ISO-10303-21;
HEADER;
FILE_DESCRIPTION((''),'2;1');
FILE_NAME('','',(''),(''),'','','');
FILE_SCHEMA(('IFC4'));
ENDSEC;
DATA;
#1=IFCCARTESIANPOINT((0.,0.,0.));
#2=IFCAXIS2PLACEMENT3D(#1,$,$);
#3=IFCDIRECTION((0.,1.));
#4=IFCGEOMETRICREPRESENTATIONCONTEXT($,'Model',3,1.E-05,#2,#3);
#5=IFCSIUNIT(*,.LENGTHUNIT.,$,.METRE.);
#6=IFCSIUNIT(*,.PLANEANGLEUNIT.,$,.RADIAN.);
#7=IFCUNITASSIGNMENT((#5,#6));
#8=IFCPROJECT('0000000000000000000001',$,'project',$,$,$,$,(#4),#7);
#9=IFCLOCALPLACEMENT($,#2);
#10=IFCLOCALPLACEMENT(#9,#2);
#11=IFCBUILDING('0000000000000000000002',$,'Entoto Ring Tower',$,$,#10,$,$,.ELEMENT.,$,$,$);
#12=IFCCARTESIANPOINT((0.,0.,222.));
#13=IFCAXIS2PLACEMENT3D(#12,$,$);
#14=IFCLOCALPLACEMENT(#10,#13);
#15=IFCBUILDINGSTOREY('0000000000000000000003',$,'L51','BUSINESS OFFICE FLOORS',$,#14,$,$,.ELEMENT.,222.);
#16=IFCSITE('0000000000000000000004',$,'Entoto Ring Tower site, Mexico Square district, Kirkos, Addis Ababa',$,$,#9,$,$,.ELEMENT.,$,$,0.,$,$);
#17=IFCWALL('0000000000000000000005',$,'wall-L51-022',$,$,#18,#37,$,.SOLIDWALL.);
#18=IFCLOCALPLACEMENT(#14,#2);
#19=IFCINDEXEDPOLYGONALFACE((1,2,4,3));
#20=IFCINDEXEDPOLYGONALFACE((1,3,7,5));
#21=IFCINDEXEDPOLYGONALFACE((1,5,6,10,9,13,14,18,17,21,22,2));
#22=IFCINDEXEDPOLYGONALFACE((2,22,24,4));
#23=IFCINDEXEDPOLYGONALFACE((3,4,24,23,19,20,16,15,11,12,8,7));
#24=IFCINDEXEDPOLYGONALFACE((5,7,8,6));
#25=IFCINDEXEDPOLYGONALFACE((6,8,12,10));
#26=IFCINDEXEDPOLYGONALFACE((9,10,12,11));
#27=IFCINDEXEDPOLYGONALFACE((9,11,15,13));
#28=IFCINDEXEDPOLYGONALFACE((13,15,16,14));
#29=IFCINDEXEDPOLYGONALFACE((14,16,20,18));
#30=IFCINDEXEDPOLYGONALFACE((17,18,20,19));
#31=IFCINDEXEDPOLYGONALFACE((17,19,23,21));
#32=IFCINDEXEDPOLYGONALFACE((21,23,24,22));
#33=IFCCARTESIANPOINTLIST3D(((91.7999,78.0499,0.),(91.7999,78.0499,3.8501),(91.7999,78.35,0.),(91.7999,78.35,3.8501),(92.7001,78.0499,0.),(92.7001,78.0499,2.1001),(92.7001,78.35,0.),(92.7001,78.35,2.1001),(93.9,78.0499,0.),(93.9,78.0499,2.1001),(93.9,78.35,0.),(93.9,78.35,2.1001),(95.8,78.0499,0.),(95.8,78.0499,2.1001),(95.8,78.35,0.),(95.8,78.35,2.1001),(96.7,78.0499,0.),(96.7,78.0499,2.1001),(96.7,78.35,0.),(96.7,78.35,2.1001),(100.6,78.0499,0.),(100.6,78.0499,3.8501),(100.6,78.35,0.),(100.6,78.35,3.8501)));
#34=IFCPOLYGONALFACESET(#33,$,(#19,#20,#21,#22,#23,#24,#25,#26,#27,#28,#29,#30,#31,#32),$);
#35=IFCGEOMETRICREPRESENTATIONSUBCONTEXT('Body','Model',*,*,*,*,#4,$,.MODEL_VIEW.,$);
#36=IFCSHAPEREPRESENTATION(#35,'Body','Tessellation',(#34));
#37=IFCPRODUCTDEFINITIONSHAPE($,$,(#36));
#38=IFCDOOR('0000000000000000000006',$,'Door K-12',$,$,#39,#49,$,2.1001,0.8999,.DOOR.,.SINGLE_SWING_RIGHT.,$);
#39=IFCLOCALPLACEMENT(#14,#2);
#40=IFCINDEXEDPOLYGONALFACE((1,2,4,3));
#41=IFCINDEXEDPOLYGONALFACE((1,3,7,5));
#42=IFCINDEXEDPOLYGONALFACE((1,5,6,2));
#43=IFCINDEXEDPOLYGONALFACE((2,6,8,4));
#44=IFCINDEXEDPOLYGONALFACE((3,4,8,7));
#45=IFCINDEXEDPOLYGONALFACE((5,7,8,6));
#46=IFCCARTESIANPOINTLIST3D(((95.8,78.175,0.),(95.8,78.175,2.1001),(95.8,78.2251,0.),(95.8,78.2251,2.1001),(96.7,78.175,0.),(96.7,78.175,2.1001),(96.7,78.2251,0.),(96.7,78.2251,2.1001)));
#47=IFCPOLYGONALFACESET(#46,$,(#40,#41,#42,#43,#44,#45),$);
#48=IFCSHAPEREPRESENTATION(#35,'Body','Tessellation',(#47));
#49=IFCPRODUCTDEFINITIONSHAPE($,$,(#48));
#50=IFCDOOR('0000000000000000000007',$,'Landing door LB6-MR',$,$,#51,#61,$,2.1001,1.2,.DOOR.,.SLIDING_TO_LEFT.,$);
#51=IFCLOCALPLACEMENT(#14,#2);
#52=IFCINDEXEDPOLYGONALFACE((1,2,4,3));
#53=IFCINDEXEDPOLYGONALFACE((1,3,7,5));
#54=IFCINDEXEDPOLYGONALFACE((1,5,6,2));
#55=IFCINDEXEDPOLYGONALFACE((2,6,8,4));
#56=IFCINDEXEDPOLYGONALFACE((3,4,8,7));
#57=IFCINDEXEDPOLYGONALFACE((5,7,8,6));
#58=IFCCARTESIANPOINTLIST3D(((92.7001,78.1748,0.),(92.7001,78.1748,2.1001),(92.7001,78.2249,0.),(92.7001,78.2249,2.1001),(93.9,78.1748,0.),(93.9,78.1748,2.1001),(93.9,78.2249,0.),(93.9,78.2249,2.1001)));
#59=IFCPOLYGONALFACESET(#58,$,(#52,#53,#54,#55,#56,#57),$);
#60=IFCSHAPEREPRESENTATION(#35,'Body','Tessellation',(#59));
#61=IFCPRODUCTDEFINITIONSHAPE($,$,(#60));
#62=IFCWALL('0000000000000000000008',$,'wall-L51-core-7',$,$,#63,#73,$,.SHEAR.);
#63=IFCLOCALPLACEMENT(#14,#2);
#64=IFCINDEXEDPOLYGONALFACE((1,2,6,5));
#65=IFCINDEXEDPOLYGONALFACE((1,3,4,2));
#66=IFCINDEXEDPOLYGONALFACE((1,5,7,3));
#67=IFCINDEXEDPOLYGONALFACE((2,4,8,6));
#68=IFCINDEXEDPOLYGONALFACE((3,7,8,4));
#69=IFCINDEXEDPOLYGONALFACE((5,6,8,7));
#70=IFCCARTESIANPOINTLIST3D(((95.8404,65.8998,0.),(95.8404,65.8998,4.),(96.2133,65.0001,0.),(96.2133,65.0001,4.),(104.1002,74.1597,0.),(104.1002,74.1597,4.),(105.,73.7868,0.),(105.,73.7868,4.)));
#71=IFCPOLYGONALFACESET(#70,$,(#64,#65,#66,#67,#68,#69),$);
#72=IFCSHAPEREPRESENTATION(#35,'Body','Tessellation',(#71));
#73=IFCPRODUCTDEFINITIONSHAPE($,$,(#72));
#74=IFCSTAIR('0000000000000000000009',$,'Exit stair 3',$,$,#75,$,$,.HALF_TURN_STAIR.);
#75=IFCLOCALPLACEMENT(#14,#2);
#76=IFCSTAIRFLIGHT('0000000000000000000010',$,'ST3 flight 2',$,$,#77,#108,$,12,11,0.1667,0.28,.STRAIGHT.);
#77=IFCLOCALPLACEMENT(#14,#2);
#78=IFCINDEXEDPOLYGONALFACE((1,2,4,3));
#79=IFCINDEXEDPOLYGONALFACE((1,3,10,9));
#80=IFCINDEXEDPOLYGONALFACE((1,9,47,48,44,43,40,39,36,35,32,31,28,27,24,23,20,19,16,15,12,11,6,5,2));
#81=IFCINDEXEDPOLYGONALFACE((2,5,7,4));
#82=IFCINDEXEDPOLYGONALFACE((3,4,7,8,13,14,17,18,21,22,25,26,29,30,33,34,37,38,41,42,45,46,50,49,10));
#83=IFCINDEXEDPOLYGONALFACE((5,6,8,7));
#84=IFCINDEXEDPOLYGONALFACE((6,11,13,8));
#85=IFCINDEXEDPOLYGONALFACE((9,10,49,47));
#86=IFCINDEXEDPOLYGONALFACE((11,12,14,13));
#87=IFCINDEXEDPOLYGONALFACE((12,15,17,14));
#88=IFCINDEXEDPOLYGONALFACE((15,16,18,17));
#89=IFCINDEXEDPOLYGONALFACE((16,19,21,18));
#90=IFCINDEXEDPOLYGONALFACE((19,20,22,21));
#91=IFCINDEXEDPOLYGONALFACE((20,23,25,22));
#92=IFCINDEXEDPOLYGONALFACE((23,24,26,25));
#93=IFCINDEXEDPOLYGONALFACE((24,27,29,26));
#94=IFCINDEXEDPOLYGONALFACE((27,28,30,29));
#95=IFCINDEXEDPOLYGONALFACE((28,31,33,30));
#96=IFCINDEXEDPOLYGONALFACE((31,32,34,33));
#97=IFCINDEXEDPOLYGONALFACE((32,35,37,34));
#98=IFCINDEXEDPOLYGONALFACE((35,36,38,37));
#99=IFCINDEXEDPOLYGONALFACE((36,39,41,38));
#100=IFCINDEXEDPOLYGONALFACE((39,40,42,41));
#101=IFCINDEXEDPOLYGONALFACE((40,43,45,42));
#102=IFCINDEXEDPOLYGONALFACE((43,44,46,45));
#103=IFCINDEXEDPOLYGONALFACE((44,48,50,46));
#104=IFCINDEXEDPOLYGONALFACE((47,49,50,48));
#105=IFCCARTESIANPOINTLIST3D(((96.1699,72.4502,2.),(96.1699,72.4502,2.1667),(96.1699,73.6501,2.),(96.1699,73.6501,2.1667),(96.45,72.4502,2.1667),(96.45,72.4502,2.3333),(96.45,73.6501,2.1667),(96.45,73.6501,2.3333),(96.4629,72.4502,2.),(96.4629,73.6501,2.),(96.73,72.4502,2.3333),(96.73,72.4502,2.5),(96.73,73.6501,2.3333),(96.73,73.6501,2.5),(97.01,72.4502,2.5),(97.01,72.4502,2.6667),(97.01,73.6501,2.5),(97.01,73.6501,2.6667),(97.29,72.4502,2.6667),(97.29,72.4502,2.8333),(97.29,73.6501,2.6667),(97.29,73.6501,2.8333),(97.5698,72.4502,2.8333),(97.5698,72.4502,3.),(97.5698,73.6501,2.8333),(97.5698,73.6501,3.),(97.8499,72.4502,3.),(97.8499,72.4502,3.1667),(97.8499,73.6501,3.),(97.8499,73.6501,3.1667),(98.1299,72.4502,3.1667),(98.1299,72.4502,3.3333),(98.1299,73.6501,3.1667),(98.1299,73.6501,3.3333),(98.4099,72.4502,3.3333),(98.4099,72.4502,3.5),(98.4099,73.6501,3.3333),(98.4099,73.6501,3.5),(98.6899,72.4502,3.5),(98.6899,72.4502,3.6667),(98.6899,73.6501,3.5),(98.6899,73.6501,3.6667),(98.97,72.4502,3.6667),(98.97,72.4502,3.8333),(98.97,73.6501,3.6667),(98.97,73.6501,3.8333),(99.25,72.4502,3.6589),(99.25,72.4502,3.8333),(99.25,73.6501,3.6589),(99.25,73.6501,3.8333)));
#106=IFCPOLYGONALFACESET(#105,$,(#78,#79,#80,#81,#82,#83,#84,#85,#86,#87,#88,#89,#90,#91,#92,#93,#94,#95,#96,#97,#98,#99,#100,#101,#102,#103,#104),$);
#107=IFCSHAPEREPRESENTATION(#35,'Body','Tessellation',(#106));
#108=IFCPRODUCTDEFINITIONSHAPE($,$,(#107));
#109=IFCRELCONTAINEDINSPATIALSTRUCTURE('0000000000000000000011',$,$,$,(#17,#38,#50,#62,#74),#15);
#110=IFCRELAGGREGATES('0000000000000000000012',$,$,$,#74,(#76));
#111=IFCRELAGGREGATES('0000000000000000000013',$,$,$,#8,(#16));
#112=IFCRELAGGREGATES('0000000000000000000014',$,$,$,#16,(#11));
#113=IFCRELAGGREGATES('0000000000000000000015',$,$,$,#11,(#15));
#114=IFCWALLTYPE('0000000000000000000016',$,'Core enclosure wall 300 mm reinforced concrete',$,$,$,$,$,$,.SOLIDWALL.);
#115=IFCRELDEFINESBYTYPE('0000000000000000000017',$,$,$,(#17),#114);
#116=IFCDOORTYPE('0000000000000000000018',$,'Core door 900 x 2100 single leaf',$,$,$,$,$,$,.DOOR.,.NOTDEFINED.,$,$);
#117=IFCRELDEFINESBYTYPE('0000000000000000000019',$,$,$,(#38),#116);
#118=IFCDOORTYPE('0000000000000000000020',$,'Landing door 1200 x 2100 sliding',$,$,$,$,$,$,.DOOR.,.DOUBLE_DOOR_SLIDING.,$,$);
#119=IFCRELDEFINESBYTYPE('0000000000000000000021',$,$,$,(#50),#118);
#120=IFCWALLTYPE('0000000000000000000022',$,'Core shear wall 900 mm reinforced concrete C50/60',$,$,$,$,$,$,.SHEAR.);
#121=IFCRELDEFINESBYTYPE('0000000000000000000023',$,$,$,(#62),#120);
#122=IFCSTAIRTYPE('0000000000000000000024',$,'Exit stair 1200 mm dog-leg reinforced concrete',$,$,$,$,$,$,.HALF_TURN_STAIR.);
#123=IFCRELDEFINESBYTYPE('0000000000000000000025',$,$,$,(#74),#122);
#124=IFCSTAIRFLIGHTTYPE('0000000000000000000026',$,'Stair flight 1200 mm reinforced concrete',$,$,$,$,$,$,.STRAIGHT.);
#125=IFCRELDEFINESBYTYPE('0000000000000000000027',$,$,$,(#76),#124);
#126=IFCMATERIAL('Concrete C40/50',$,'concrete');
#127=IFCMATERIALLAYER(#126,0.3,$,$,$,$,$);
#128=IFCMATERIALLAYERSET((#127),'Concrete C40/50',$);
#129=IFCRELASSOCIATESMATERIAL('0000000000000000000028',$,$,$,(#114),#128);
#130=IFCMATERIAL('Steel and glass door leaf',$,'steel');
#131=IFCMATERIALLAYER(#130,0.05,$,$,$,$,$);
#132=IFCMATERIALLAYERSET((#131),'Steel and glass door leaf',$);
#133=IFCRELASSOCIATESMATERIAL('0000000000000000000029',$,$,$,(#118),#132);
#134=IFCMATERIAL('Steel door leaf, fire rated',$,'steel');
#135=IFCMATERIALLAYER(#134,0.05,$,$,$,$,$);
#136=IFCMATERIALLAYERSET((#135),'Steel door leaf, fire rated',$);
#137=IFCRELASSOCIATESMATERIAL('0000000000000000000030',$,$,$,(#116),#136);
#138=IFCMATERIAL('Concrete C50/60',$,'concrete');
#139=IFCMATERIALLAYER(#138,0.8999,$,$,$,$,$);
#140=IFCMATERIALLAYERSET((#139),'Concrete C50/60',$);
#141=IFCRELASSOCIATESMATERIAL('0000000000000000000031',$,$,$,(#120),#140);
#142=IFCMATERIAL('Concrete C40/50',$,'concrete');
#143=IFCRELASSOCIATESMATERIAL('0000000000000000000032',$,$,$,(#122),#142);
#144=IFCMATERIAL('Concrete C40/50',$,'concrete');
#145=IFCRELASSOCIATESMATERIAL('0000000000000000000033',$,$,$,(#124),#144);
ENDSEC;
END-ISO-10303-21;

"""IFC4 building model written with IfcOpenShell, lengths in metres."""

from ifc_helpers import new_model, si_unit, direction, frame, frame_2d, origin, place, context, subcontext, project, spatial, polyline, rectangle, outline, extrude, material, layer, layer_set, type_object, element, fill, aggregate, save


model = new_model("IFC4")

# Units and contexts
model_context = context("Model", 3, precision=1e-05, world=origin(), true_north=direction((0.0, 1.0)))
body_context = subcontext(model_context, "Body", "Model", "MODEL_VIEW")
ifc_project = project(units=[si_unit("LENGTHUNIT", "METRE"), si_unit("PLANEANGLEUNIT", "RADIAN")], contexts=[model_context])

# Site, building, storey
site_placement = place(None, origin())
site = spatial("IfcSite", under=ifc_project, at=site_placement, Name="Entoto Ring Tower site, Mexico Square district, Kirkos, Addis Ababa", CompositionType="ELEMENT", RefElevation=0.0)
building_placement = place(site_placement, origin())
building = spatial("IfcBuilding", under=site, at=building_placement, Name="Entoto Ring Tower", CompositionType="ELEMENT")
storey_placement = place(building_placement, frame((0.0, 0.0, 222.0)))
storey = spatial("IfcBuildingStorey", under=building, at=storey_placement, Name="L51", Description="BUSINESS OFFICE FLOORS", CompositionType="ELEMENT", Elevation=222.0)

# Shared definitions
ifc_material_1 = material(Name="Concrete C40/50", Category="concrete")
ifc_layer_1 = layer(ifc_material_1, 0.3)
ifc_layer_set_1 = layer_set([ifc_layer_1], Name="Concrete C40/50")
wall_type_1 = type_object("IfcWallType", Name="Core enclosure wall 300 mm reinforced concrete", PredefinedType="SOLIDWALL", material=ifc_layer_set_1)

# Shared definitions
ifc_material_2 = material(Name="Steel and glass door leaf", Category="steel")
ifc_layer_2 = layer(ifc_material_2, 0.05)
ifc_layer_set_2 = layer_set([ifc_layer_2], Name="Steel and glass door leaf")
door_type_1 = type_object("IfcDoorType", Name="Landing door 1200 x 2100 sliding", OperationType="DOUBLE_DOOR_SLIDING", PredefinedType="DOOR", material=ifc_layer_set_2)

# Wall, openings, doors
wall_1_placement = place(storey_placement, frame((91.8, 78.2, 0.0), z_axis=(0.0, 0.0, 1.0), x_axis=(1.0, 0.0, 0.0)))
wall_1 = element("IfcWall", 1, at=wall_1_placement, inside=storey, type_object=wall_type_1, Name="wall-L51-022", PredefinedType="SOLIDWALL", context=body_context, shape_type="SweptSolid", body=[
    extrude(rectangle(XDim=8.8, YDim=0.3, at=frame_2d((4.3999, 0.0))), origin(), (0.0, 0.0, 1.0), 3.8501),
])
opening_1_placement = place(wall_1_placement, frame((0.8999, 0.0, 0.0)))
opening_1 = element("IfcOpeningElement", 2, at=opening_1_placement, cuts=wall_1, PredefinedType="OPENING", context=body_context, shape_type="SweptSolid", body=[
    extrude(rectangle(XDim=1.2, YDim=2.1001, at=frame_2d((0.6001, 1.05))), frame((0.0, 0.1602, 0.0), z_axis=(0.0, -1.0, 0.0), x_axis=(1.0, 0.0, 0.0)), (0.0, 0.0, 1.0), 0.3201),
])
opening_2_placement = place(wall_1_placement, frame((4.0, 0.0, 0.0)))
opening_2 = element("IfcOpeningElement", 3, at=opening_2_placement, cuts=wall_1, PredefinedType="OPENING", context=body_context, shape_type="SweptSolid", body=[
    extrude(rectangle(XDim=0.8999, YDim=2.1001, at=frame_2d((0.45, 1.05))), frame((0.0, 0.1602, 0.0), z_axis=(0.0, -1.0, 0.0), x_axis=(1.0, 0.0, 0.0)), (0.0, 0.0, 1.0), 0.3201),
])
ifc_material_3 = material(Name="Steel door leaf, fire rated", Category="steel")
ifc_layer_3 = layer(ifc_material_3, 0.05)
ifc_layer_set_3 = layer_set([ifc_layer_3], Name="Steel door leaf, fire rated")
door_type_2 = type_object("IfcDoorType", Name="Core door 900 x 2100 single leaf", OperationType="NOTDEFINED", PredefinedType="DOOR", material=ifc_layer_set_3)
door_1_placement = place(opening_2_placement, frame((0.8999, 0.0, 0.0), z_axis=(0.0, 0.0, 1.0), x_axis=(-1.0, 0.0, 0.0)))
door_1 = element("IfcDoor", 4, at=door_1_placement, inside=storey, type_object=door_type_2, Name="Door K-12", OperationType="SINGLE_SWING_RIGHT", OverallHeight=2.1001, OverallWidth=0.8999, PredefinedType="DOOR", context=body_context, shape_type="SweptSolid", body=[
    extrude(rectangle(XDim=0.8999, YDim=2.1001, at=frame_2d((0.45, 1.05))), frame((0.0, 0.0249, 0.0), z_axis=(0.0, -1.0, 0.0), x_axis=(1.0, 0.0, 0.0)), (0.0, 0.0, 1.0), 0.05),
])
fill(opening_2, door_1)
door_2_placement = place(opening_1_placement, origin())
door_2 = element("IfcDoor", 5, at=door_2_placement, inside=storey, type_object=door_type_1, Name="Landing door LB6-MR", OperationType="SLIDING_TO_LEFT", OverallHeight=2.1001, OverallWidth=1.2, PredefinedType="DOOR", context=body_context, shape_type="SweptSolid", body=[
    extrude(rectangle(XDim=1.2, YDim=2.1001, at=frame_2d((0.6001, 1.05))), frame((0.0, 0.0249, 0.0), z_axis=(0.0, -1.0, 0.0), x_axis=(1.0, 0.0, 0.0)), (0.0, 0.0, 1.0), 0.05),
])
fill(opening_1, door_2)

# Wall
ifc_material_4 = material(Name="Concrete C50/60", Category="concrete")
ifc_layer_4 = layer(ifc_material_4, 0.8999)
ifc_layer_set_4 = layer_set([ifc_layer_4], Name="Concrete C50/60")
wall_type_2 = type_object("IfcWallType", Name="Core shear wall 900 mm reinforced concrete C50/60", PredefinedType="SHEAR", material=ifc_layer_set_4)
wall_2_placement = place(storey_placement, frame((96.0269, 65.45, 0.0), z_axis=(0.0, 0.0, 1.0), x_axis=(0.707107, 0.707107, 0.0)))
element("IfcWall", 6, at=wall_2_placement, inside=storey, type_object=wall_type_2, Name="wall-L51-core-7", PredefinedType="SHEAR", context=body_context, shape_type="SweptSolid", body=[
    extrude(outline(polyline([(-0.1863, -0.45), (12.24, -0.45), (11.8674, 0.45), (0.1863, 0.45), (-0.1863, -0.45)])), origin(), (0.0, 0.0, 1.0), 4.0),
])

# Stair, stair flight
ifc_material_5 = material(Name="Concrete C40/50", Category="concrete")
stair_type = type_object("IfcStairType", Name="Exit stair 1200 mm dog-leg reinforced concrete", PredefinedType="HALF_TURN_STAIR", material=ifc_material_5)
stair_placement = place(storey_placement, origin())
stair = element("IfcStair", 7, at=stair_placement, inside=storey, type_object=stair_type, Name="Exit stair 3", PredefinedType="HALF_TURN_STAIR")
ifc_material_6 = material(Name="Concrete C40/50", Category="concrete")
stair_flight_type = type_object("IfcStairFlightType", Name="Stair flight 1200 mm reinforced concrete", PredefinedType="STRAIGHT", material=ifc_material_6)
stair_flight_placement = place(storey_placement, frame((96.1699, 73.05, 2.0), z_axis=(0.0, 0.0, 1.0), x_axis=(1.0, 0.0, 0.0)))
stair_flight = element("IfcStairFlight", 8, at=stair_flight_placement, type_object=stair_flight_type, Name="ST3 flight 2", NumberOfRisers=12, NumberOfTreads=11, PredefinedType="STRAIGHT", RiserHeight=0.1667, TreadLength=0.28, context=body_context, shape_type="SweptSolid", body=[
    extrude(outline(polyline([(0.0, 0.0), (0.0, 0.1667), (0.28, 0.1667), (0.28, 0.3333), (0.5601, 0.3333), (0.5601, 0.5), (0.8401, 0.5), (0.8401, 0.6667), (1.1201, 0.6667), (1.1201, 0.8333), (1.3999, 0.8333), (1.3999, 1.0), (1.6799, 1.0), (1.6799, 1.1667), (1.96, 1.1667), (1.96, 1.3333), (2.24, 1.3333), (2.24, 1.5), (2.52, 1.5), (2.52, 1.6667), (2.8, 1.6667), (2.8, 1.8333), (3.0801, 1.8333), (3.0801, 2.0), (3.0801, 1.6589), (0.293, 0.0), (0.0, 0.0)])), frame((0.0, 0.6001, 0.0), z_axis=(0.0, -1.0, 0.0), x_axis=(1.0, 0.0, 0.0)), (0.0, 0.0, 1.0), 1.2),
])
aggregate(stair, [stair_flight])

save(model, "model.ifc")
